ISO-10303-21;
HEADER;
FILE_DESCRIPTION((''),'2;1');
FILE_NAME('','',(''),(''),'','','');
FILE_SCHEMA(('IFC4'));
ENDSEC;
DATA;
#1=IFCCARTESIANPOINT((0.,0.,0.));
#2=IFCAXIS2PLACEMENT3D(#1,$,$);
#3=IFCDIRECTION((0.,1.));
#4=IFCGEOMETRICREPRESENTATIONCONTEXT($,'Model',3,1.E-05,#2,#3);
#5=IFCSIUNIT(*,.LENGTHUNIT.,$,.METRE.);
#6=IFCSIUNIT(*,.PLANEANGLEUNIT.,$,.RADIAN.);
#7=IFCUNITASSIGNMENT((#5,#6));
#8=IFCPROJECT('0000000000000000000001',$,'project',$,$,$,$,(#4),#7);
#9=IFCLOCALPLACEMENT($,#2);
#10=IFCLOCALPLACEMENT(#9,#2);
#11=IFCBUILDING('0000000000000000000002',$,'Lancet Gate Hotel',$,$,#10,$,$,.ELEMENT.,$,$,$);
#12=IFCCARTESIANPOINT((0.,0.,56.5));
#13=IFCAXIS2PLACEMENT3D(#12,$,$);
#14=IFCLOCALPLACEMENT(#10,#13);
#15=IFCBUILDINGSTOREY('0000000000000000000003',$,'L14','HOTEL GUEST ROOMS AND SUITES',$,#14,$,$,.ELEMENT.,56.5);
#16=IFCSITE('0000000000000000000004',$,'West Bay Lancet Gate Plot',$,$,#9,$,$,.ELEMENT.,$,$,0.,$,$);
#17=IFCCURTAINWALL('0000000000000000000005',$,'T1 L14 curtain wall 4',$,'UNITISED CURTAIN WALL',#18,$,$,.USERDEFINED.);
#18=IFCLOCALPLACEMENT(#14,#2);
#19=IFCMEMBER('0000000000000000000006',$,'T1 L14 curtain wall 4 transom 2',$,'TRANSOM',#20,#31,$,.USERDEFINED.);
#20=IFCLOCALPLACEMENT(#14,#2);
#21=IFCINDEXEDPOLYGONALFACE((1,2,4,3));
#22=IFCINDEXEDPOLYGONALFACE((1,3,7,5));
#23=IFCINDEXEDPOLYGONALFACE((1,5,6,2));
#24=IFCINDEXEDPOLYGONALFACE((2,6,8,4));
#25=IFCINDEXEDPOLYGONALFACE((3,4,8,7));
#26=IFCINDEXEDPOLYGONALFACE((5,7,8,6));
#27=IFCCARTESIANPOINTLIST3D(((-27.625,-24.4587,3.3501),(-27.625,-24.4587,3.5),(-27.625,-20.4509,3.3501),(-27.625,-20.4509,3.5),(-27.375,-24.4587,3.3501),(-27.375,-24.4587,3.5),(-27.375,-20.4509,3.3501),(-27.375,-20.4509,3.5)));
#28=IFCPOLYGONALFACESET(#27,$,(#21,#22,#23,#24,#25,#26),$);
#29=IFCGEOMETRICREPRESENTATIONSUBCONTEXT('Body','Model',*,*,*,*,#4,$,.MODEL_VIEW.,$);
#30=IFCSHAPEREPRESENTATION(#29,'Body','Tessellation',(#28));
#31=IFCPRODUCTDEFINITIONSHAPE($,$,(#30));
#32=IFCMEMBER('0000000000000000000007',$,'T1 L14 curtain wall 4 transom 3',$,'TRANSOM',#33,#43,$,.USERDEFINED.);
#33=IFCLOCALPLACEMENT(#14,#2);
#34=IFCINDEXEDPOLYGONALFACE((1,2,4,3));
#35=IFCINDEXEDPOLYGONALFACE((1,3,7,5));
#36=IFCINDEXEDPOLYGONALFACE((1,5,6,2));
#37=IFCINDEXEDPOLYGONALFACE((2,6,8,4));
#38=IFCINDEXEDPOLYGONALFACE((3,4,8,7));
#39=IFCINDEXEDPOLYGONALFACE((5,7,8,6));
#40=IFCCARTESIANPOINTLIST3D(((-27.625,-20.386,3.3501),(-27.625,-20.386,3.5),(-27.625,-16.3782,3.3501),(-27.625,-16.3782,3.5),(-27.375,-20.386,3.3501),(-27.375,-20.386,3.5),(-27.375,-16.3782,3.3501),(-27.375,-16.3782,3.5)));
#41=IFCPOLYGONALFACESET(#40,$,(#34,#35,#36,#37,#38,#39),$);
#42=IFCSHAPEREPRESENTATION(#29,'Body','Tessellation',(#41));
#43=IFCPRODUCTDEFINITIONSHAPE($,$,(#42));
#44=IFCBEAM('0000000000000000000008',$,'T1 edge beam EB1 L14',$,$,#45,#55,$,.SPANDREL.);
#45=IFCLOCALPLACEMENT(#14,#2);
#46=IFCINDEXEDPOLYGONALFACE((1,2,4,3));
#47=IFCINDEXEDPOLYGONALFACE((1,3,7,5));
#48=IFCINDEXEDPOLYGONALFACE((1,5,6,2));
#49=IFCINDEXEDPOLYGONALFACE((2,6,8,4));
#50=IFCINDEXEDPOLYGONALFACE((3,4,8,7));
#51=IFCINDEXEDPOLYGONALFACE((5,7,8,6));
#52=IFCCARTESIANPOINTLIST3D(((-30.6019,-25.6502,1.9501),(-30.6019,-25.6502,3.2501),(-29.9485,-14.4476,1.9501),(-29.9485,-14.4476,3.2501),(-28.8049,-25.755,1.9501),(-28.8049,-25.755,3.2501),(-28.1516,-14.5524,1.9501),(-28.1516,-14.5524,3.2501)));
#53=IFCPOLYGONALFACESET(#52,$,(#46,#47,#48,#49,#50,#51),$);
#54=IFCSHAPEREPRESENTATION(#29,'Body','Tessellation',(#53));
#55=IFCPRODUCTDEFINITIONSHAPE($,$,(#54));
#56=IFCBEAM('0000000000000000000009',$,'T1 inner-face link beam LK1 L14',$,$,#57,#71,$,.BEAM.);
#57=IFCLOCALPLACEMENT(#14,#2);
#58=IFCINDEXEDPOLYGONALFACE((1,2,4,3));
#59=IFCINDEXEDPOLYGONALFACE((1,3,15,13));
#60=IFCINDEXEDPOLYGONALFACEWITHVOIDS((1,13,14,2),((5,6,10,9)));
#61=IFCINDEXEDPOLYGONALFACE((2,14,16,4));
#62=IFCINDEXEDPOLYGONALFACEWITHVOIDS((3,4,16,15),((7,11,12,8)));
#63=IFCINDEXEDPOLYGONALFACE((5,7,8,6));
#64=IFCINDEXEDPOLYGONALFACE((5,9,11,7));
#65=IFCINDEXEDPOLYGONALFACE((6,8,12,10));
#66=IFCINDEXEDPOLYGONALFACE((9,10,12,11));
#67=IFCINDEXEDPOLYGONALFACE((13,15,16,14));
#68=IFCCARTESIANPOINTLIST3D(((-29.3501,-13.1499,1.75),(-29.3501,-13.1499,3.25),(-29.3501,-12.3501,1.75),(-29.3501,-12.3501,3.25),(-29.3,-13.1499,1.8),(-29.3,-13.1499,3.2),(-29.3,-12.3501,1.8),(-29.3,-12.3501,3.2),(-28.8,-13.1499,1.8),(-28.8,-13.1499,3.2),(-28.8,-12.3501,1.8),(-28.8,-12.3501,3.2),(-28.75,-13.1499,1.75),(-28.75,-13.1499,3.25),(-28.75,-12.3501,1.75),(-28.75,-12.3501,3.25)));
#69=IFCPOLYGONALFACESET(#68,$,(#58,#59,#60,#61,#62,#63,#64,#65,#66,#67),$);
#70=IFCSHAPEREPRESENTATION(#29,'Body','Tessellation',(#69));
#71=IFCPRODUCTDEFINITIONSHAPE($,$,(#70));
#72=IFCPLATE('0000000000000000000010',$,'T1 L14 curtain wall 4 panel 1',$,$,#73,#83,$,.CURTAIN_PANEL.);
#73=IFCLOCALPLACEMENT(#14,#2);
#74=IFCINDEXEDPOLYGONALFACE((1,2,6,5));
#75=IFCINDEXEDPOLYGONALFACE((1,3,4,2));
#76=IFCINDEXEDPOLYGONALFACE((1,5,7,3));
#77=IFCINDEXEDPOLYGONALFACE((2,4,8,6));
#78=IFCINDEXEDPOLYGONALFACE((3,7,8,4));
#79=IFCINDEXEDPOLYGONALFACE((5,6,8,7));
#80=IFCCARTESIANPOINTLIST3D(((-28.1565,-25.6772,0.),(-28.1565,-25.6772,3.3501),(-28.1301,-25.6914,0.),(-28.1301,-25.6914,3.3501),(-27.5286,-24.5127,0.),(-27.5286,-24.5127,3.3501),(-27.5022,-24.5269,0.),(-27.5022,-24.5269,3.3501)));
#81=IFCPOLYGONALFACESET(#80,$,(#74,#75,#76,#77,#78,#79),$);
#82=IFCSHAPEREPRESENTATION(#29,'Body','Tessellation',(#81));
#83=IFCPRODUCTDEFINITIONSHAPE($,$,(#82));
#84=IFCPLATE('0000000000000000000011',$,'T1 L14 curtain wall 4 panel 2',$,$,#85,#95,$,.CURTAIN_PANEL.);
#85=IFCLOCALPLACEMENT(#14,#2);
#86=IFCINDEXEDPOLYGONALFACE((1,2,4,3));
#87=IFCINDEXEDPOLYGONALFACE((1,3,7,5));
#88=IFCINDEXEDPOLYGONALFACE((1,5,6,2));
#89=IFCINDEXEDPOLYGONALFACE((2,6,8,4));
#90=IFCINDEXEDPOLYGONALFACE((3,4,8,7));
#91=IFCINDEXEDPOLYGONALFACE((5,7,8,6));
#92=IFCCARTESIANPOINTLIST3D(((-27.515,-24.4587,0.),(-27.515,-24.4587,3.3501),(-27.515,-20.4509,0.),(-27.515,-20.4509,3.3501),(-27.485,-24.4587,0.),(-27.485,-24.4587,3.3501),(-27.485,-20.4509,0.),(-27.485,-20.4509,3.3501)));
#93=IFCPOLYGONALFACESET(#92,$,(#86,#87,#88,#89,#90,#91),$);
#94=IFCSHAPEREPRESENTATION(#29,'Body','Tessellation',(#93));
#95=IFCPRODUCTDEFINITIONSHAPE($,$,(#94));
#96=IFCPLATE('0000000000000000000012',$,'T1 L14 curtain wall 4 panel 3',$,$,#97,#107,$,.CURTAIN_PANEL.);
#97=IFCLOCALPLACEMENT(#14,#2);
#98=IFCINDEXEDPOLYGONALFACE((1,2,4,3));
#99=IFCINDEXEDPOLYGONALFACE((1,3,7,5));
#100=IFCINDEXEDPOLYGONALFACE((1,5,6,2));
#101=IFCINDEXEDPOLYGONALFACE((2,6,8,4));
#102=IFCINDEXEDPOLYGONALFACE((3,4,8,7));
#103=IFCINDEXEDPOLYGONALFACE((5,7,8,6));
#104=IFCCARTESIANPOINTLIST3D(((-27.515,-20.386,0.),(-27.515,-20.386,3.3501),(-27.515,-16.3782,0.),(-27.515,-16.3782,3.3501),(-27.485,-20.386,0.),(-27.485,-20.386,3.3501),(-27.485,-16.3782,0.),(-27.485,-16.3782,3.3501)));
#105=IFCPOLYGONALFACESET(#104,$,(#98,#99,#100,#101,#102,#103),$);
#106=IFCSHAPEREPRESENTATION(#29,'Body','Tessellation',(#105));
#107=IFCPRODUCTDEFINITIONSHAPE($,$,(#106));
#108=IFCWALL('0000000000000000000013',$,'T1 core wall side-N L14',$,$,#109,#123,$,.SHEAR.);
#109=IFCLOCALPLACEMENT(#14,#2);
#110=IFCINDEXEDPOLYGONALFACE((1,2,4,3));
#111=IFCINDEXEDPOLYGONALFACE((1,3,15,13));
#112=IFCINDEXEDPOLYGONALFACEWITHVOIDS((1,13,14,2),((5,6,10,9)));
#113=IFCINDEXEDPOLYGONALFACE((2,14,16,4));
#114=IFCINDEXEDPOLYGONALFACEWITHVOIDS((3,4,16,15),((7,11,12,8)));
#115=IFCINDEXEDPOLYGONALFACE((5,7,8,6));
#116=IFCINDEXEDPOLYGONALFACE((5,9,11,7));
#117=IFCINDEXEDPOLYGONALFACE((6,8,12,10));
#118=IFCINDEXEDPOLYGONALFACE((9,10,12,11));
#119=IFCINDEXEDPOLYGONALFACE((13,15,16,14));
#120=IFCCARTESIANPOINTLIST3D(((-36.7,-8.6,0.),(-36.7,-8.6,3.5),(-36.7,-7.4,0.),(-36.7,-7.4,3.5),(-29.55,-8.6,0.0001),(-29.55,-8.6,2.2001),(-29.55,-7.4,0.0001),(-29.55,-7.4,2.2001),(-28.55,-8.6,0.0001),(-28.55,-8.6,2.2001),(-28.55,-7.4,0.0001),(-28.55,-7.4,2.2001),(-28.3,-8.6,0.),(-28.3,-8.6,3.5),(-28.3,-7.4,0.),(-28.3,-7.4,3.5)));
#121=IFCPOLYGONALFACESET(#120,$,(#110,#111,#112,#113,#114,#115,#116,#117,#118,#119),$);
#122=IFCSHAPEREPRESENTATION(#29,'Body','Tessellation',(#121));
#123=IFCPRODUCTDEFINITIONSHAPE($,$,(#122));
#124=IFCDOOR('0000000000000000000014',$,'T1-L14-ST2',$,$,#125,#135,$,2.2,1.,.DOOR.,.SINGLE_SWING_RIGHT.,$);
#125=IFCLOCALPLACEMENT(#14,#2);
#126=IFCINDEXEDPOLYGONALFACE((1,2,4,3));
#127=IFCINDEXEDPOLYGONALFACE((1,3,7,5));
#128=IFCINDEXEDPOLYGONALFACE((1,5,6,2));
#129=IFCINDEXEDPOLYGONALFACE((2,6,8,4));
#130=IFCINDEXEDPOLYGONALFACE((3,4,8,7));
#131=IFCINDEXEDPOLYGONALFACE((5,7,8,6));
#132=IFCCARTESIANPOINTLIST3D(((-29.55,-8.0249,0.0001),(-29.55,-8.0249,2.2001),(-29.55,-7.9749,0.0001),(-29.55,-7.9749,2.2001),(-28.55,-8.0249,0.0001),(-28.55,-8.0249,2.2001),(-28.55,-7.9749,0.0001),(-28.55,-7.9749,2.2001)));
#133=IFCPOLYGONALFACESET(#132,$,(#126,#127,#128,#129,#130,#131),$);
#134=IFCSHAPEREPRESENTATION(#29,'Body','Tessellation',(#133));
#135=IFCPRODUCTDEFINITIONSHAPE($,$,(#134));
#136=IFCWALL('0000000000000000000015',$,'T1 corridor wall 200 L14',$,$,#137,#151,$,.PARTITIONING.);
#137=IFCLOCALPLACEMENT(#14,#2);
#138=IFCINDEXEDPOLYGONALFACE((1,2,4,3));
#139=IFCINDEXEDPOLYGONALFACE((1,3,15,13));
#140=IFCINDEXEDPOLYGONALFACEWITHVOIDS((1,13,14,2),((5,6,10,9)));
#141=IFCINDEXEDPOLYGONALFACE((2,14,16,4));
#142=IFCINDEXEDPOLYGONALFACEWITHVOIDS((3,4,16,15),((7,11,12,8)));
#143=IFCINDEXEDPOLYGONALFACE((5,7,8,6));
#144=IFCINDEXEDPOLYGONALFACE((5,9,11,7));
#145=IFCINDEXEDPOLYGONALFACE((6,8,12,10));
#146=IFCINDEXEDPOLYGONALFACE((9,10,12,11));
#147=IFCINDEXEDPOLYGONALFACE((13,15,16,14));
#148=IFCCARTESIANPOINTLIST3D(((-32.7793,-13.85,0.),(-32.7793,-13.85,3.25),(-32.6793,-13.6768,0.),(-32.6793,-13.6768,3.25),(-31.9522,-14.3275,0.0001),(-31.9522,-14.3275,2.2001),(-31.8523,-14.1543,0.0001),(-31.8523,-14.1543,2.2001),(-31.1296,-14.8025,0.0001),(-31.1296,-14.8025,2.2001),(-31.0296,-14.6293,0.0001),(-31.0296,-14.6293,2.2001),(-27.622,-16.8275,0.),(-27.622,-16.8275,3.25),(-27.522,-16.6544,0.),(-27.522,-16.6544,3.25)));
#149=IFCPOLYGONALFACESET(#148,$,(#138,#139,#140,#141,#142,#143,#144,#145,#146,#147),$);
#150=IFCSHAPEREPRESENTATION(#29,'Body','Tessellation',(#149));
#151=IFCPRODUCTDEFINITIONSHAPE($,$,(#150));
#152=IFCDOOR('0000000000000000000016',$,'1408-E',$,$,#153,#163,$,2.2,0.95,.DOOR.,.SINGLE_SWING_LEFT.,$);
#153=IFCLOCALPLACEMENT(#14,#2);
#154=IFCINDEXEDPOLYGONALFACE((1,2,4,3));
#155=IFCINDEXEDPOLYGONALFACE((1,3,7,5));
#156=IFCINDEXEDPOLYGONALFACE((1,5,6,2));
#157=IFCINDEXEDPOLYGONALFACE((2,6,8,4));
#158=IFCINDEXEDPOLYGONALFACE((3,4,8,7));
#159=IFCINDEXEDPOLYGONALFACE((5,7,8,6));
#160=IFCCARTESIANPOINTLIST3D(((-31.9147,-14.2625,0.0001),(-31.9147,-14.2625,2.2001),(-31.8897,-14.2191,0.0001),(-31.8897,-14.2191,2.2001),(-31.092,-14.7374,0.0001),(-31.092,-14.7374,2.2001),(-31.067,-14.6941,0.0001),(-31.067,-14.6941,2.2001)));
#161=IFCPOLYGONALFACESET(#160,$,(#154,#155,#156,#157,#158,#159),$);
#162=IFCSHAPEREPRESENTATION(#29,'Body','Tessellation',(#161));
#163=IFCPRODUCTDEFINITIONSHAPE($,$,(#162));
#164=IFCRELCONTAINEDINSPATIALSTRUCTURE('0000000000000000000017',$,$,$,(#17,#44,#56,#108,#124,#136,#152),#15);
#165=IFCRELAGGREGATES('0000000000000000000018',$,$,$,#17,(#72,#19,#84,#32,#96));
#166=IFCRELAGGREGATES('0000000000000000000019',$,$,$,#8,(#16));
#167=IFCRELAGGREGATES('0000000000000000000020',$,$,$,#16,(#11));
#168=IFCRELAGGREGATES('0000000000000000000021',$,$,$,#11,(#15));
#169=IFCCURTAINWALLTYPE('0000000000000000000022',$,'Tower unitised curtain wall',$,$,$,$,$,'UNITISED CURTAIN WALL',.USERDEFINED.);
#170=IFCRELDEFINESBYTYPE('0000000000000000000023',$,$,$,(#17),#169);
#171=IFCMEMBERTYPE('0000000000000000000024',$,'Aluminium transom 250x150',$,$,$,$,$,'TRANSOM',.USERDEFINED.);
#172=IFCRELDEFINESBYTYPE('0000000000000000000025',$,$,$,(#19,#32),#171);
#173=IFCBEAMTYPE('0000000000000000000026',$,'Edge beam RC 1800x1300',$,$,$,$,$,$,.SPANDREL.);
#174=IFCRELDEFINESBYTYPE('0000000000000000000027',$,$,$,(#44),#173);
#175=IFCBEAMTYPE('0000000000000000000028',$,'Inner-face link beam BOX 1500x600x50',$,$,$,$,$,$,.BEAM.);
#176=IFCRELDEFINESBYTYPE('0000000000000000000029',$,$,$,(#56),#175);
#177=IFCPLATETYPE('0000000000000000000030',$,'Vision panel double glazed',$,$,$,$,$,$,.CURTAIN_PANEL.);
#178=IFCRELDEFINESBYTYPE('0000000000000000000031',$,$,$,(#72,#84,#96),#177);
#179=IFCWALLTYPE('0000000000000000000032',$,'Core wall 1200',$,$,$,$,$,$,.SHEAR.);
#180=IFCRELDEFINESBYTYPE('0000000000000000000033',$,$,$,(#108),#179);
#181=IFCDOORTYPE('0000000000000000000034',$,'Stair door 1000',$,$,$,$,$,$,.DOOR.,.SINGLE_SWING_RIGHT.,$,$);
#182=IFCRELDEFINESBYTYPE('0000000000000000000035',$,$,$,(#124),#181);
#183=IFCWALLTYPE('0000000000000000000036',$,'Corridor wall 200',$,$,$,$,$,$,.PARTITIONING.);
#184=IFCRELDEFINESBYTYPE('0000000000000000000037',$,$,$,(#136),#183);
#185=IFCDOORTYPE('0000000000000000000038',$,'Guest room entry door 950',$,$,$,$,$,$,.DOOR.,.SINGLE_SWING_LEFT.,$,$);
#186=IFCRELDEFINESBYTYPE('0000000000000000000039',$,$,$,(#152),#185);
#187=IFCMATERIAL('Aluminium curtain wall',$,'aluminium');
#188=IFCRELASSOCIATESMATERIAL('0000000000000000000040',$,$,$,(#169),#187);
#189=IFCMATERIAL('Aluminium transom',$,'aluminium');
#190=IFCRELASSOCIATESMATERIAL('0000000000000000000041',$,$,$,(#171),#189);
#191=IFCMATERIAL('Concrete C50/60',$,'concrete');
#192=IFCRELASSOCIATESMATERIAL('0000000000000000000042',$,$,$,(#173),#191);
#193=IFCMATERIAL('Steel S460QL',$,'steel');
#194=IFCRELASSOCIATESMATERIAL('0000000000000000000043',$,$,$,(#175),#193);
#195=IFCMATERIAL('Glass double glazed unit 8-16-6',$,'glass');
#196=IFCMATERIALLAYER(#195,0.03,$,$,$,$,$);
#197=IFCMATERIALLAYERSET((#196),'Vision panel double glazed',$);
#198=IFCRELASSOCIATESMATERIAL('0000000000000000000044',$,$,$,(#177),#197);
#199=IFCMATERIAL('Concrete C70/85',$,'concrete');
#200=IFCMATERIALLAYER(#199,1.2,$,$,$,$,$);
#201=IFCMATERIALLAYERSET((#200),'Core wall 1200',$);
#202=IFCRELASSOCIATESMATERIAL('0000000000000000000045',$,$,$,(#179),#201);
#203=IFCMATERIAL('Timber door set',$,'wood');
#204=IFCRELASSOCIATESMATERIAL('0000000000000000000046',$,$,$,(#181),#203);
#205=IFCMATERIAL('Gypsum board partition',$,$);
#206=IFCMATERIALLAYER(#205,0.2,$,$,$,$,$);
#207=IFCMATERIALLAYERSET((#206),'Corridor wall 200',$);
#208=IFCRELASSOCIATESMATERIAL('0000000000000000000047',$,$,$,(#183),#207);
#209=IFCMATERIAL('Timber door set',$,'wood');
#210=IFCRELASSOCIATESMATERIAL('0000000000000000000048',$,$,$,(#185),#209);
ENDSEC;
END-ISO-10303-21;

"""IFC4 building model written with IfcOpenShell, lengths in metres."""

from ifc_helpers import new_model, si_unit, direction, frame, frame_2d, origin, origin_2d, place, context, subcontext, project, spatial, rectangle, hollow_rectangle, extrude, material, layer, layer_set, material_profile, profile_set, type_object, element, fill, aggregate, save


model = new_model("IFC4")

# Units and contexts
model_context = context("Model", 3, precision=1e-05, world=origin(), true_north=direction((0.0, 1.0)))
body_context = subcontext(model_context, "Body", "Model", "MODEL_VIEW")
ifc_project = project(units=[si_unit("LENGTHUNIT", "METRE"), si_unit("PLANEANGLEUNIT", "RADIAN")], contexts=[model_context])

# Site, building, storey
site_placement = place(None, origin())
site = spatial("IfcSite", under=ifc_project, at=site_placement, Name="West Bay Lancet Gate Plot", CompositionType="ELEMENT", RefElevation=0.0)
building_placement = place(site_placement, origin())
building = spatial("IfcBuilding", under=site, at=building_placement, Name="Lancet Gate Hotel", CompositionType="ELEMENT")
storey_placement = place(building_placement, frame((0.0, 0.0, 56.5)))
storey = spatial("IfcBuildingStorey", under=building, at=storey_placement, Name="L14", Description="HOTEL GUEST ROOMS AND SUITES", CompositionType="ELEMENT", Elevation=56.5)

# Curtain wall, members
ifc_material_1 = material(Name="Aluminium curtain wall", Category="aluminium")
curtain_wall_type = type_object("IfcCurtainWallType", Name="Tower unitised curtain wall", ElementType="UNITISED CURTAIN WALL", PredefinedType="USERDEFINED", material=ifc_material_1)
curtain_wall_placement = place(storey_placement, origin())
curtain_wall = element("IfcCurtainWall", 1, at=curtain_wall_placement, inside=storey, type_object=curtain_wall_type, Name="T1 L14 curtain wall 4", ObjectType="UNITISED CURTAIN WALL", PredefinedType="USERDEFINED")
ifc_material_2 = material(Name="Aluminium transom", Category="aluminium")
ifc_material_profile_1 = material_profile(ifc_material_2, rectangle(XDim=0.25, YDim=0.1499, at=origin_2d()), Name="TRANSOM 250x150")
ifc_profile_set_1 = profile_set([ifc_material_profile_1], Name="Aluminium transom")
member_type_1 = type_object("IfcMemberType", Name="Aluminium transom 250x150", ElementType="TRANSOM", PredefinedType="USERDEFINED", material=ifc_profile_set_1)
member_1_placement = place(storey_placement, frame((-27.5, -24.4587, 3.425), z_axis=(0.0, 1.0, 0.0), x_axis=(-1.0, 0.0, 0.0)))
member_1 = element("IfcMember", 2, at=member_1_placement, type_object=member_type_1, Name="T1 L14 curtain wall 4 transom 2", ObjectType="TRANSOM", PredefinedType="USERDEFINED", context=body_context, shape_type="SweptSolid", body=[
    extrude(rectangle(XDim=0.25, YDim=0.1499, at=origin_2d()), origin(), (0.0, 0.0, 1.0), 4.0078),
])
member_2_placement = place(storey_placement, frame((-27.5, -20.386, 3.425), z_axis=(0.0, 1.0, 0.0), x_axis=(-1.0, 0.0, 0.0)))
member_2 = element("IfcMember", 3, at=member_2_placement, type_object=member_type_1, Name="T1 L14 curtain wall 4 transom 3", ObjectType="TRANSOM", PredefinedType="USERDEFINED", context=body_context, shape_type="SweptSolid", body=[
    extrude(rectangle(XDim=0.25, YDim=0.1499, at=origin_2d()), origin(), (0.0, 0.0, 1.0), 4.0078),
])

# Beams
ifc_material_3 = material(Name="Concrete C50/60", Category="concrete")
ifc_material_profile_2 = material_profile(ifc_material_3, rectangle(XDim=1.8, YDim=1.3, at=origin_2d()), Name="RC 1800x1300")
ifc_profile_set_2 = profile_set([ifc_material_profile_2], Name="Concrete C50/60")
beam_type_1 = type_object("IfcBeamType", Name="Edge beam RC 1800x1300", PredefinedType="SPANDREL", material=ifc_profile_set_2)
beam_1_placement = place(storey_placement, frame((-29.05, -14.5, 2.6001), z_axis=(-0.05822, -0.998304, 0.0), x_axis=(0.998304, -0.05822, 0.0)))
element("IfcBeam", 4, at=beam_1_placement, inside=storey, type_object=beam_type_1, Name="T1 edge beam EB1 L14", PredefinedType="SPANDREL", context=body_context, shape_type="SweptSolid", body=[
    extrude(rectangle(XDim=1.8, YDim=1.3, at=origin_2d()), origin(), (0.0, 0.0, 1.0), 11.2217),
])
ifc_material_4 = material(Name="Steel S460QL", Category="steel")
ifc_material_profile_3 = material_profile(ifc_material_4, hollow_rectangle(XDim=0.6001, YDim=1.5, WallThickness=0.05, at=origin_2d()), Name="BOX 1500x600x50")
ifc_profile_set_3 = profile_set([ifc_material_profile_3], Name="Steel S460QL")
beam_type_2 = type_object("IfcBeamType", Name="Inner-face link beam BOX 1500x600x50", PredefinedType="BEAM", material=ifc_profile_set_3)
beam_2_placement = place(storey_placement, frame((-29.05, -12.3501, 2.5), z_axis=(0.0, -1.0, 0.0), x_axis=(1.0, 0.0, 0.0)))
element("IfcBeam", 5, at=beam_2_placement, inside=storey, type_object=beam_type_2, Name="T1 inner-face link beam LK1 L14", PredefinedType="BEAM", context=body_context, shape_type="SweptSolid", body=[
    extrude(hollow_rectangle(XDim=0.6001, YDim=1.5, WallThickness=0.05, at=origin_2d()), origin(), (0.0, 0.0, 1.0), 0.7998),
])

# Plates
ifc_material_5 = material(Name="Glass double glazed unit 8-16-6", Category="glass")
ifc_layer_1 = layer(ifc_material_5, 0.03)
ifc_layer_set_1 = layer_set([ifc_layer_1], Name="Vision panel double glazed")
plate_type = type_object("IfcPlateType", Name="Vision panel double glazed", PredefinedType="CURTAIN_PANEL", material=ifc_layer_set_1)
plate_1_placement = place(storey_placement, frame((-27.8293, -25.1021, 0.0), z_axis=(0.0, 0.0, 1.0), x_axis=(0.474631, 0.880185, 0.0)))
plate_1 = element("IfcPlate", 6, at=plate_1_placement, type_object=plate_type, Name="T1 L14 curtain wall 4 panel 1", PredefinedType="CURTAIN_PANEL", context=body_context, shape_type="SweptSolid", body=[
    extrude(rectangle(XDim=1.323, YDim=0.03, at=origin_2d()), origin(), (0.0, 0.0, 1.0), 3.3501),
])
plate_2_placement = place(storey_placement, frame((-27.5, -22.4548, 0.0), z_axis=(0.0, 0.0, 1.0), x_axis=(0.0, 1.0, 0.0)))
plate_2 = element("IfcPlate", 7, at=plate_2_placement, type_object=plate_type, Name="T1 L14 curtain wall 4 panel 2", PredefinedType="CURTAIN_PANEL", context=body_context, shape_type="SweptSolid", body=[
    extrude(rectangle(XDim=4.0078, YDim=0.03, at=origin_2d()), origin(), (0.0, 0.0, 1.0), 3.3501),
])
plate_3_placement = place(storey_placement, frame((-27.5, -18.3821, 0.0), z_axis=(0.0, 0.0, 1.0), x_axis=(0.0, 1.0, 0.0)))
plate_3 = element("IfcPlate", 8, at=plate_3_placement, type_object=plate_type, Name="T1 L14 curtain wall 4 panel 3", PredefinedType="CURTAIN_PANEL", context=body_context, shape_type="SweptSolid", body=[
    extrude(rectangle(XDim=4.0078, YDim=0.03, at=origin_2d()), origin(), (0.0, 0.0, 1.0), 3.3501),
])
aggregate(curtain_wall, [plate_1, member_1, plate_2, member_2, plate_3])

# Walls, openings, doors
ifc_material_6 = material(Name="Concrete C70/85", Category="concrete")
ifc_layer_2 = layer(ifc_material_6, 1.2)
ifc_layer_set_2 = layer_set([ifc_layer_2], Name="Core wall 1200")
wall_type_1 = type_object("IfcWallType", Name="Core wall 1200", PredefinedType="SHEAR", material=ifc_layer_set_2)
wall_1_placement = place(storey_placement, frame((-28.3, -8.0, 0.0), z_axis=(0.0, 0.0, 1.0), x_axis=(-1.0, 0.0, 0.0)))
wall_1 = element("IfcWall", 9, at=wall_1_placement, inside=storey, type_object=wall_type_1, Name="T1 core wall side-N L14", PredefinedType="SHEAR", context=body_context, shape_type="SweptSolid", body=[
    extrude(rectangle(XDim=8.3999, YDim=1.2, at=frame_2d((4.2, 0.0))), origin(), (0.0, 0.0, 1.0), 3.5),
])
opening_1_placement = place(wall_1_placement, frame((0.25, 0.0, 0.0)))
opening_1 = element("IfcOpeningElement", 10, at=opening_1_placement, cuts=wall_1, PredefinedType="OPENING", context=body_context, shape_type="SweptSolid", body=[
    extrude(rectangle(XDim=1.0, YDim=2.2, at=frame_2d((0.5, 1.1001))), frame((0.0, 0.6099, 0.0), z_axis=(0.0, -1.0, 0.0), x_axis=(1.0, 0.0, 0.0)), (0.0, 0.0, 1.0), 1.22),
])
ifc_material_7 = material(Name="Timber door set", Category="wood")
door_type_1 = type_object("IfcDoorType", Name="Stair door 1000", OperationType="SINGLE_SWING_RIGHT", PredefinedType="DOOR", material=ifc_material_7)
door_1_placement = place(opening_1_placement, origin())
door_1 = element("IfcDoor", 11, at=door_1_placement, inside=storey, type_object=door_type_1, Name="T1-L14-ST2", OperationType="SINGLE_SWING_RIGHT", OverallHeight=2.2, OverallWidth=1.0, PredefinedType="DOOR", context=body_context, shape_type="SweptSolid", body=[
    extrude(rectangle(XDim=1.0, YDim=2.2, at=frame_2d((0.5, 1.1001))), frame((0.0, 0.0249, 0.0), z_axis=(0.0, -1.0, 0.0), x_axis=(1.0, 0.0, 0.0)), (0.0, 0.0, 1.0), 0.05),
])
fill(opening_1, door_1)
ifc_material_8 = material(Name="Gypsum board partition")
ifc_layer_3 = layer(ifc_material_8, 0.2)
ifc_layer_set_3 = layer_set([ifc_layer_3], Name="Corridor wall 200")
wall_type_2 = type_object("IfcWallType", Name="Corridor wall 200", PredefinedType="PARTITIONING", material=ifc_layer_set_3)
wall_2_placement = place(storey_placement, frame((-27.572, -16.741, 0.0), z_axis=(0.0, 0.0, 1.0), x_axis=(-0.866024, 0.500002, 0.0)))
wall_2 = element("IfcWall", 12, at=wall_2_placement, inside=storey, type_object=wall_type_2, Name="T1 corridor wall 200 L14", PredefinedType="PARTITIONING", context=body_context, shape_type="SweptSolid", body=[
    extrude(rectangle(XDim=5.9551, YDim=0.2, at=frame_2d((2.9775, 0.0))), origin(), (0.0, 0.0, 1.0), 3.25),
])
opening_2_placement = place(wall_2_placement, frame((4.05, 0.0, 0.0)))
opening_2 = element("IfcOpeningElement", 13, at=opening_2_placement, cuts=wall_2, PredefinedType="OPENING", context=body_context, shape_type="SweptSolid", body=[
    extrude(rectangle(XDim=0.95, YDim=2.2, at=frame_2d((0.4751, 1.1001))), frame((0.0, 0.1099, 0.0), z_axis=(0.0, -1.0, 0.0), x_axis=(1.0, 0.0, 0.0)), (0.0, 0.0, 1.0), 0.22),
])
ifc_material_9 = material(Name="Timber door set", Category="wood")
door_type_2 = type_object("IfcDoorType", Name="Guest room entry door 950", OperationType="SINGLE_SWING_LEFT", PredefinedType="DOOR", material=ifc_material_9)
door_2_placement = place(opening_2_placement, origin())
door_2 = element("IfcDoor", 14, at=door_2_placement, inside=storey, type_object=door_type_2, Name="1408-E", OperationType="SINGLE_SWING_LEFT", OverallHeight=2.2, OverallWidth=0.95, PredefinedType="DOOR", context=body_context, shape_type="SweptSolid", body=[
    extrude(rectangle(XDim=0.95, YDim=2.2, at=frame_2d((0.4751, 1.1001))), frame((0.0, 0.0249, 0.0), z_axis=(0.0, -1.0, 0.0), x_axis=(1.0, 0.0, 0.0)), (0.0, 0.0, 1.0), 0.05),
])
fill(opening_2, door_2)

save(model, "model.ifc")
